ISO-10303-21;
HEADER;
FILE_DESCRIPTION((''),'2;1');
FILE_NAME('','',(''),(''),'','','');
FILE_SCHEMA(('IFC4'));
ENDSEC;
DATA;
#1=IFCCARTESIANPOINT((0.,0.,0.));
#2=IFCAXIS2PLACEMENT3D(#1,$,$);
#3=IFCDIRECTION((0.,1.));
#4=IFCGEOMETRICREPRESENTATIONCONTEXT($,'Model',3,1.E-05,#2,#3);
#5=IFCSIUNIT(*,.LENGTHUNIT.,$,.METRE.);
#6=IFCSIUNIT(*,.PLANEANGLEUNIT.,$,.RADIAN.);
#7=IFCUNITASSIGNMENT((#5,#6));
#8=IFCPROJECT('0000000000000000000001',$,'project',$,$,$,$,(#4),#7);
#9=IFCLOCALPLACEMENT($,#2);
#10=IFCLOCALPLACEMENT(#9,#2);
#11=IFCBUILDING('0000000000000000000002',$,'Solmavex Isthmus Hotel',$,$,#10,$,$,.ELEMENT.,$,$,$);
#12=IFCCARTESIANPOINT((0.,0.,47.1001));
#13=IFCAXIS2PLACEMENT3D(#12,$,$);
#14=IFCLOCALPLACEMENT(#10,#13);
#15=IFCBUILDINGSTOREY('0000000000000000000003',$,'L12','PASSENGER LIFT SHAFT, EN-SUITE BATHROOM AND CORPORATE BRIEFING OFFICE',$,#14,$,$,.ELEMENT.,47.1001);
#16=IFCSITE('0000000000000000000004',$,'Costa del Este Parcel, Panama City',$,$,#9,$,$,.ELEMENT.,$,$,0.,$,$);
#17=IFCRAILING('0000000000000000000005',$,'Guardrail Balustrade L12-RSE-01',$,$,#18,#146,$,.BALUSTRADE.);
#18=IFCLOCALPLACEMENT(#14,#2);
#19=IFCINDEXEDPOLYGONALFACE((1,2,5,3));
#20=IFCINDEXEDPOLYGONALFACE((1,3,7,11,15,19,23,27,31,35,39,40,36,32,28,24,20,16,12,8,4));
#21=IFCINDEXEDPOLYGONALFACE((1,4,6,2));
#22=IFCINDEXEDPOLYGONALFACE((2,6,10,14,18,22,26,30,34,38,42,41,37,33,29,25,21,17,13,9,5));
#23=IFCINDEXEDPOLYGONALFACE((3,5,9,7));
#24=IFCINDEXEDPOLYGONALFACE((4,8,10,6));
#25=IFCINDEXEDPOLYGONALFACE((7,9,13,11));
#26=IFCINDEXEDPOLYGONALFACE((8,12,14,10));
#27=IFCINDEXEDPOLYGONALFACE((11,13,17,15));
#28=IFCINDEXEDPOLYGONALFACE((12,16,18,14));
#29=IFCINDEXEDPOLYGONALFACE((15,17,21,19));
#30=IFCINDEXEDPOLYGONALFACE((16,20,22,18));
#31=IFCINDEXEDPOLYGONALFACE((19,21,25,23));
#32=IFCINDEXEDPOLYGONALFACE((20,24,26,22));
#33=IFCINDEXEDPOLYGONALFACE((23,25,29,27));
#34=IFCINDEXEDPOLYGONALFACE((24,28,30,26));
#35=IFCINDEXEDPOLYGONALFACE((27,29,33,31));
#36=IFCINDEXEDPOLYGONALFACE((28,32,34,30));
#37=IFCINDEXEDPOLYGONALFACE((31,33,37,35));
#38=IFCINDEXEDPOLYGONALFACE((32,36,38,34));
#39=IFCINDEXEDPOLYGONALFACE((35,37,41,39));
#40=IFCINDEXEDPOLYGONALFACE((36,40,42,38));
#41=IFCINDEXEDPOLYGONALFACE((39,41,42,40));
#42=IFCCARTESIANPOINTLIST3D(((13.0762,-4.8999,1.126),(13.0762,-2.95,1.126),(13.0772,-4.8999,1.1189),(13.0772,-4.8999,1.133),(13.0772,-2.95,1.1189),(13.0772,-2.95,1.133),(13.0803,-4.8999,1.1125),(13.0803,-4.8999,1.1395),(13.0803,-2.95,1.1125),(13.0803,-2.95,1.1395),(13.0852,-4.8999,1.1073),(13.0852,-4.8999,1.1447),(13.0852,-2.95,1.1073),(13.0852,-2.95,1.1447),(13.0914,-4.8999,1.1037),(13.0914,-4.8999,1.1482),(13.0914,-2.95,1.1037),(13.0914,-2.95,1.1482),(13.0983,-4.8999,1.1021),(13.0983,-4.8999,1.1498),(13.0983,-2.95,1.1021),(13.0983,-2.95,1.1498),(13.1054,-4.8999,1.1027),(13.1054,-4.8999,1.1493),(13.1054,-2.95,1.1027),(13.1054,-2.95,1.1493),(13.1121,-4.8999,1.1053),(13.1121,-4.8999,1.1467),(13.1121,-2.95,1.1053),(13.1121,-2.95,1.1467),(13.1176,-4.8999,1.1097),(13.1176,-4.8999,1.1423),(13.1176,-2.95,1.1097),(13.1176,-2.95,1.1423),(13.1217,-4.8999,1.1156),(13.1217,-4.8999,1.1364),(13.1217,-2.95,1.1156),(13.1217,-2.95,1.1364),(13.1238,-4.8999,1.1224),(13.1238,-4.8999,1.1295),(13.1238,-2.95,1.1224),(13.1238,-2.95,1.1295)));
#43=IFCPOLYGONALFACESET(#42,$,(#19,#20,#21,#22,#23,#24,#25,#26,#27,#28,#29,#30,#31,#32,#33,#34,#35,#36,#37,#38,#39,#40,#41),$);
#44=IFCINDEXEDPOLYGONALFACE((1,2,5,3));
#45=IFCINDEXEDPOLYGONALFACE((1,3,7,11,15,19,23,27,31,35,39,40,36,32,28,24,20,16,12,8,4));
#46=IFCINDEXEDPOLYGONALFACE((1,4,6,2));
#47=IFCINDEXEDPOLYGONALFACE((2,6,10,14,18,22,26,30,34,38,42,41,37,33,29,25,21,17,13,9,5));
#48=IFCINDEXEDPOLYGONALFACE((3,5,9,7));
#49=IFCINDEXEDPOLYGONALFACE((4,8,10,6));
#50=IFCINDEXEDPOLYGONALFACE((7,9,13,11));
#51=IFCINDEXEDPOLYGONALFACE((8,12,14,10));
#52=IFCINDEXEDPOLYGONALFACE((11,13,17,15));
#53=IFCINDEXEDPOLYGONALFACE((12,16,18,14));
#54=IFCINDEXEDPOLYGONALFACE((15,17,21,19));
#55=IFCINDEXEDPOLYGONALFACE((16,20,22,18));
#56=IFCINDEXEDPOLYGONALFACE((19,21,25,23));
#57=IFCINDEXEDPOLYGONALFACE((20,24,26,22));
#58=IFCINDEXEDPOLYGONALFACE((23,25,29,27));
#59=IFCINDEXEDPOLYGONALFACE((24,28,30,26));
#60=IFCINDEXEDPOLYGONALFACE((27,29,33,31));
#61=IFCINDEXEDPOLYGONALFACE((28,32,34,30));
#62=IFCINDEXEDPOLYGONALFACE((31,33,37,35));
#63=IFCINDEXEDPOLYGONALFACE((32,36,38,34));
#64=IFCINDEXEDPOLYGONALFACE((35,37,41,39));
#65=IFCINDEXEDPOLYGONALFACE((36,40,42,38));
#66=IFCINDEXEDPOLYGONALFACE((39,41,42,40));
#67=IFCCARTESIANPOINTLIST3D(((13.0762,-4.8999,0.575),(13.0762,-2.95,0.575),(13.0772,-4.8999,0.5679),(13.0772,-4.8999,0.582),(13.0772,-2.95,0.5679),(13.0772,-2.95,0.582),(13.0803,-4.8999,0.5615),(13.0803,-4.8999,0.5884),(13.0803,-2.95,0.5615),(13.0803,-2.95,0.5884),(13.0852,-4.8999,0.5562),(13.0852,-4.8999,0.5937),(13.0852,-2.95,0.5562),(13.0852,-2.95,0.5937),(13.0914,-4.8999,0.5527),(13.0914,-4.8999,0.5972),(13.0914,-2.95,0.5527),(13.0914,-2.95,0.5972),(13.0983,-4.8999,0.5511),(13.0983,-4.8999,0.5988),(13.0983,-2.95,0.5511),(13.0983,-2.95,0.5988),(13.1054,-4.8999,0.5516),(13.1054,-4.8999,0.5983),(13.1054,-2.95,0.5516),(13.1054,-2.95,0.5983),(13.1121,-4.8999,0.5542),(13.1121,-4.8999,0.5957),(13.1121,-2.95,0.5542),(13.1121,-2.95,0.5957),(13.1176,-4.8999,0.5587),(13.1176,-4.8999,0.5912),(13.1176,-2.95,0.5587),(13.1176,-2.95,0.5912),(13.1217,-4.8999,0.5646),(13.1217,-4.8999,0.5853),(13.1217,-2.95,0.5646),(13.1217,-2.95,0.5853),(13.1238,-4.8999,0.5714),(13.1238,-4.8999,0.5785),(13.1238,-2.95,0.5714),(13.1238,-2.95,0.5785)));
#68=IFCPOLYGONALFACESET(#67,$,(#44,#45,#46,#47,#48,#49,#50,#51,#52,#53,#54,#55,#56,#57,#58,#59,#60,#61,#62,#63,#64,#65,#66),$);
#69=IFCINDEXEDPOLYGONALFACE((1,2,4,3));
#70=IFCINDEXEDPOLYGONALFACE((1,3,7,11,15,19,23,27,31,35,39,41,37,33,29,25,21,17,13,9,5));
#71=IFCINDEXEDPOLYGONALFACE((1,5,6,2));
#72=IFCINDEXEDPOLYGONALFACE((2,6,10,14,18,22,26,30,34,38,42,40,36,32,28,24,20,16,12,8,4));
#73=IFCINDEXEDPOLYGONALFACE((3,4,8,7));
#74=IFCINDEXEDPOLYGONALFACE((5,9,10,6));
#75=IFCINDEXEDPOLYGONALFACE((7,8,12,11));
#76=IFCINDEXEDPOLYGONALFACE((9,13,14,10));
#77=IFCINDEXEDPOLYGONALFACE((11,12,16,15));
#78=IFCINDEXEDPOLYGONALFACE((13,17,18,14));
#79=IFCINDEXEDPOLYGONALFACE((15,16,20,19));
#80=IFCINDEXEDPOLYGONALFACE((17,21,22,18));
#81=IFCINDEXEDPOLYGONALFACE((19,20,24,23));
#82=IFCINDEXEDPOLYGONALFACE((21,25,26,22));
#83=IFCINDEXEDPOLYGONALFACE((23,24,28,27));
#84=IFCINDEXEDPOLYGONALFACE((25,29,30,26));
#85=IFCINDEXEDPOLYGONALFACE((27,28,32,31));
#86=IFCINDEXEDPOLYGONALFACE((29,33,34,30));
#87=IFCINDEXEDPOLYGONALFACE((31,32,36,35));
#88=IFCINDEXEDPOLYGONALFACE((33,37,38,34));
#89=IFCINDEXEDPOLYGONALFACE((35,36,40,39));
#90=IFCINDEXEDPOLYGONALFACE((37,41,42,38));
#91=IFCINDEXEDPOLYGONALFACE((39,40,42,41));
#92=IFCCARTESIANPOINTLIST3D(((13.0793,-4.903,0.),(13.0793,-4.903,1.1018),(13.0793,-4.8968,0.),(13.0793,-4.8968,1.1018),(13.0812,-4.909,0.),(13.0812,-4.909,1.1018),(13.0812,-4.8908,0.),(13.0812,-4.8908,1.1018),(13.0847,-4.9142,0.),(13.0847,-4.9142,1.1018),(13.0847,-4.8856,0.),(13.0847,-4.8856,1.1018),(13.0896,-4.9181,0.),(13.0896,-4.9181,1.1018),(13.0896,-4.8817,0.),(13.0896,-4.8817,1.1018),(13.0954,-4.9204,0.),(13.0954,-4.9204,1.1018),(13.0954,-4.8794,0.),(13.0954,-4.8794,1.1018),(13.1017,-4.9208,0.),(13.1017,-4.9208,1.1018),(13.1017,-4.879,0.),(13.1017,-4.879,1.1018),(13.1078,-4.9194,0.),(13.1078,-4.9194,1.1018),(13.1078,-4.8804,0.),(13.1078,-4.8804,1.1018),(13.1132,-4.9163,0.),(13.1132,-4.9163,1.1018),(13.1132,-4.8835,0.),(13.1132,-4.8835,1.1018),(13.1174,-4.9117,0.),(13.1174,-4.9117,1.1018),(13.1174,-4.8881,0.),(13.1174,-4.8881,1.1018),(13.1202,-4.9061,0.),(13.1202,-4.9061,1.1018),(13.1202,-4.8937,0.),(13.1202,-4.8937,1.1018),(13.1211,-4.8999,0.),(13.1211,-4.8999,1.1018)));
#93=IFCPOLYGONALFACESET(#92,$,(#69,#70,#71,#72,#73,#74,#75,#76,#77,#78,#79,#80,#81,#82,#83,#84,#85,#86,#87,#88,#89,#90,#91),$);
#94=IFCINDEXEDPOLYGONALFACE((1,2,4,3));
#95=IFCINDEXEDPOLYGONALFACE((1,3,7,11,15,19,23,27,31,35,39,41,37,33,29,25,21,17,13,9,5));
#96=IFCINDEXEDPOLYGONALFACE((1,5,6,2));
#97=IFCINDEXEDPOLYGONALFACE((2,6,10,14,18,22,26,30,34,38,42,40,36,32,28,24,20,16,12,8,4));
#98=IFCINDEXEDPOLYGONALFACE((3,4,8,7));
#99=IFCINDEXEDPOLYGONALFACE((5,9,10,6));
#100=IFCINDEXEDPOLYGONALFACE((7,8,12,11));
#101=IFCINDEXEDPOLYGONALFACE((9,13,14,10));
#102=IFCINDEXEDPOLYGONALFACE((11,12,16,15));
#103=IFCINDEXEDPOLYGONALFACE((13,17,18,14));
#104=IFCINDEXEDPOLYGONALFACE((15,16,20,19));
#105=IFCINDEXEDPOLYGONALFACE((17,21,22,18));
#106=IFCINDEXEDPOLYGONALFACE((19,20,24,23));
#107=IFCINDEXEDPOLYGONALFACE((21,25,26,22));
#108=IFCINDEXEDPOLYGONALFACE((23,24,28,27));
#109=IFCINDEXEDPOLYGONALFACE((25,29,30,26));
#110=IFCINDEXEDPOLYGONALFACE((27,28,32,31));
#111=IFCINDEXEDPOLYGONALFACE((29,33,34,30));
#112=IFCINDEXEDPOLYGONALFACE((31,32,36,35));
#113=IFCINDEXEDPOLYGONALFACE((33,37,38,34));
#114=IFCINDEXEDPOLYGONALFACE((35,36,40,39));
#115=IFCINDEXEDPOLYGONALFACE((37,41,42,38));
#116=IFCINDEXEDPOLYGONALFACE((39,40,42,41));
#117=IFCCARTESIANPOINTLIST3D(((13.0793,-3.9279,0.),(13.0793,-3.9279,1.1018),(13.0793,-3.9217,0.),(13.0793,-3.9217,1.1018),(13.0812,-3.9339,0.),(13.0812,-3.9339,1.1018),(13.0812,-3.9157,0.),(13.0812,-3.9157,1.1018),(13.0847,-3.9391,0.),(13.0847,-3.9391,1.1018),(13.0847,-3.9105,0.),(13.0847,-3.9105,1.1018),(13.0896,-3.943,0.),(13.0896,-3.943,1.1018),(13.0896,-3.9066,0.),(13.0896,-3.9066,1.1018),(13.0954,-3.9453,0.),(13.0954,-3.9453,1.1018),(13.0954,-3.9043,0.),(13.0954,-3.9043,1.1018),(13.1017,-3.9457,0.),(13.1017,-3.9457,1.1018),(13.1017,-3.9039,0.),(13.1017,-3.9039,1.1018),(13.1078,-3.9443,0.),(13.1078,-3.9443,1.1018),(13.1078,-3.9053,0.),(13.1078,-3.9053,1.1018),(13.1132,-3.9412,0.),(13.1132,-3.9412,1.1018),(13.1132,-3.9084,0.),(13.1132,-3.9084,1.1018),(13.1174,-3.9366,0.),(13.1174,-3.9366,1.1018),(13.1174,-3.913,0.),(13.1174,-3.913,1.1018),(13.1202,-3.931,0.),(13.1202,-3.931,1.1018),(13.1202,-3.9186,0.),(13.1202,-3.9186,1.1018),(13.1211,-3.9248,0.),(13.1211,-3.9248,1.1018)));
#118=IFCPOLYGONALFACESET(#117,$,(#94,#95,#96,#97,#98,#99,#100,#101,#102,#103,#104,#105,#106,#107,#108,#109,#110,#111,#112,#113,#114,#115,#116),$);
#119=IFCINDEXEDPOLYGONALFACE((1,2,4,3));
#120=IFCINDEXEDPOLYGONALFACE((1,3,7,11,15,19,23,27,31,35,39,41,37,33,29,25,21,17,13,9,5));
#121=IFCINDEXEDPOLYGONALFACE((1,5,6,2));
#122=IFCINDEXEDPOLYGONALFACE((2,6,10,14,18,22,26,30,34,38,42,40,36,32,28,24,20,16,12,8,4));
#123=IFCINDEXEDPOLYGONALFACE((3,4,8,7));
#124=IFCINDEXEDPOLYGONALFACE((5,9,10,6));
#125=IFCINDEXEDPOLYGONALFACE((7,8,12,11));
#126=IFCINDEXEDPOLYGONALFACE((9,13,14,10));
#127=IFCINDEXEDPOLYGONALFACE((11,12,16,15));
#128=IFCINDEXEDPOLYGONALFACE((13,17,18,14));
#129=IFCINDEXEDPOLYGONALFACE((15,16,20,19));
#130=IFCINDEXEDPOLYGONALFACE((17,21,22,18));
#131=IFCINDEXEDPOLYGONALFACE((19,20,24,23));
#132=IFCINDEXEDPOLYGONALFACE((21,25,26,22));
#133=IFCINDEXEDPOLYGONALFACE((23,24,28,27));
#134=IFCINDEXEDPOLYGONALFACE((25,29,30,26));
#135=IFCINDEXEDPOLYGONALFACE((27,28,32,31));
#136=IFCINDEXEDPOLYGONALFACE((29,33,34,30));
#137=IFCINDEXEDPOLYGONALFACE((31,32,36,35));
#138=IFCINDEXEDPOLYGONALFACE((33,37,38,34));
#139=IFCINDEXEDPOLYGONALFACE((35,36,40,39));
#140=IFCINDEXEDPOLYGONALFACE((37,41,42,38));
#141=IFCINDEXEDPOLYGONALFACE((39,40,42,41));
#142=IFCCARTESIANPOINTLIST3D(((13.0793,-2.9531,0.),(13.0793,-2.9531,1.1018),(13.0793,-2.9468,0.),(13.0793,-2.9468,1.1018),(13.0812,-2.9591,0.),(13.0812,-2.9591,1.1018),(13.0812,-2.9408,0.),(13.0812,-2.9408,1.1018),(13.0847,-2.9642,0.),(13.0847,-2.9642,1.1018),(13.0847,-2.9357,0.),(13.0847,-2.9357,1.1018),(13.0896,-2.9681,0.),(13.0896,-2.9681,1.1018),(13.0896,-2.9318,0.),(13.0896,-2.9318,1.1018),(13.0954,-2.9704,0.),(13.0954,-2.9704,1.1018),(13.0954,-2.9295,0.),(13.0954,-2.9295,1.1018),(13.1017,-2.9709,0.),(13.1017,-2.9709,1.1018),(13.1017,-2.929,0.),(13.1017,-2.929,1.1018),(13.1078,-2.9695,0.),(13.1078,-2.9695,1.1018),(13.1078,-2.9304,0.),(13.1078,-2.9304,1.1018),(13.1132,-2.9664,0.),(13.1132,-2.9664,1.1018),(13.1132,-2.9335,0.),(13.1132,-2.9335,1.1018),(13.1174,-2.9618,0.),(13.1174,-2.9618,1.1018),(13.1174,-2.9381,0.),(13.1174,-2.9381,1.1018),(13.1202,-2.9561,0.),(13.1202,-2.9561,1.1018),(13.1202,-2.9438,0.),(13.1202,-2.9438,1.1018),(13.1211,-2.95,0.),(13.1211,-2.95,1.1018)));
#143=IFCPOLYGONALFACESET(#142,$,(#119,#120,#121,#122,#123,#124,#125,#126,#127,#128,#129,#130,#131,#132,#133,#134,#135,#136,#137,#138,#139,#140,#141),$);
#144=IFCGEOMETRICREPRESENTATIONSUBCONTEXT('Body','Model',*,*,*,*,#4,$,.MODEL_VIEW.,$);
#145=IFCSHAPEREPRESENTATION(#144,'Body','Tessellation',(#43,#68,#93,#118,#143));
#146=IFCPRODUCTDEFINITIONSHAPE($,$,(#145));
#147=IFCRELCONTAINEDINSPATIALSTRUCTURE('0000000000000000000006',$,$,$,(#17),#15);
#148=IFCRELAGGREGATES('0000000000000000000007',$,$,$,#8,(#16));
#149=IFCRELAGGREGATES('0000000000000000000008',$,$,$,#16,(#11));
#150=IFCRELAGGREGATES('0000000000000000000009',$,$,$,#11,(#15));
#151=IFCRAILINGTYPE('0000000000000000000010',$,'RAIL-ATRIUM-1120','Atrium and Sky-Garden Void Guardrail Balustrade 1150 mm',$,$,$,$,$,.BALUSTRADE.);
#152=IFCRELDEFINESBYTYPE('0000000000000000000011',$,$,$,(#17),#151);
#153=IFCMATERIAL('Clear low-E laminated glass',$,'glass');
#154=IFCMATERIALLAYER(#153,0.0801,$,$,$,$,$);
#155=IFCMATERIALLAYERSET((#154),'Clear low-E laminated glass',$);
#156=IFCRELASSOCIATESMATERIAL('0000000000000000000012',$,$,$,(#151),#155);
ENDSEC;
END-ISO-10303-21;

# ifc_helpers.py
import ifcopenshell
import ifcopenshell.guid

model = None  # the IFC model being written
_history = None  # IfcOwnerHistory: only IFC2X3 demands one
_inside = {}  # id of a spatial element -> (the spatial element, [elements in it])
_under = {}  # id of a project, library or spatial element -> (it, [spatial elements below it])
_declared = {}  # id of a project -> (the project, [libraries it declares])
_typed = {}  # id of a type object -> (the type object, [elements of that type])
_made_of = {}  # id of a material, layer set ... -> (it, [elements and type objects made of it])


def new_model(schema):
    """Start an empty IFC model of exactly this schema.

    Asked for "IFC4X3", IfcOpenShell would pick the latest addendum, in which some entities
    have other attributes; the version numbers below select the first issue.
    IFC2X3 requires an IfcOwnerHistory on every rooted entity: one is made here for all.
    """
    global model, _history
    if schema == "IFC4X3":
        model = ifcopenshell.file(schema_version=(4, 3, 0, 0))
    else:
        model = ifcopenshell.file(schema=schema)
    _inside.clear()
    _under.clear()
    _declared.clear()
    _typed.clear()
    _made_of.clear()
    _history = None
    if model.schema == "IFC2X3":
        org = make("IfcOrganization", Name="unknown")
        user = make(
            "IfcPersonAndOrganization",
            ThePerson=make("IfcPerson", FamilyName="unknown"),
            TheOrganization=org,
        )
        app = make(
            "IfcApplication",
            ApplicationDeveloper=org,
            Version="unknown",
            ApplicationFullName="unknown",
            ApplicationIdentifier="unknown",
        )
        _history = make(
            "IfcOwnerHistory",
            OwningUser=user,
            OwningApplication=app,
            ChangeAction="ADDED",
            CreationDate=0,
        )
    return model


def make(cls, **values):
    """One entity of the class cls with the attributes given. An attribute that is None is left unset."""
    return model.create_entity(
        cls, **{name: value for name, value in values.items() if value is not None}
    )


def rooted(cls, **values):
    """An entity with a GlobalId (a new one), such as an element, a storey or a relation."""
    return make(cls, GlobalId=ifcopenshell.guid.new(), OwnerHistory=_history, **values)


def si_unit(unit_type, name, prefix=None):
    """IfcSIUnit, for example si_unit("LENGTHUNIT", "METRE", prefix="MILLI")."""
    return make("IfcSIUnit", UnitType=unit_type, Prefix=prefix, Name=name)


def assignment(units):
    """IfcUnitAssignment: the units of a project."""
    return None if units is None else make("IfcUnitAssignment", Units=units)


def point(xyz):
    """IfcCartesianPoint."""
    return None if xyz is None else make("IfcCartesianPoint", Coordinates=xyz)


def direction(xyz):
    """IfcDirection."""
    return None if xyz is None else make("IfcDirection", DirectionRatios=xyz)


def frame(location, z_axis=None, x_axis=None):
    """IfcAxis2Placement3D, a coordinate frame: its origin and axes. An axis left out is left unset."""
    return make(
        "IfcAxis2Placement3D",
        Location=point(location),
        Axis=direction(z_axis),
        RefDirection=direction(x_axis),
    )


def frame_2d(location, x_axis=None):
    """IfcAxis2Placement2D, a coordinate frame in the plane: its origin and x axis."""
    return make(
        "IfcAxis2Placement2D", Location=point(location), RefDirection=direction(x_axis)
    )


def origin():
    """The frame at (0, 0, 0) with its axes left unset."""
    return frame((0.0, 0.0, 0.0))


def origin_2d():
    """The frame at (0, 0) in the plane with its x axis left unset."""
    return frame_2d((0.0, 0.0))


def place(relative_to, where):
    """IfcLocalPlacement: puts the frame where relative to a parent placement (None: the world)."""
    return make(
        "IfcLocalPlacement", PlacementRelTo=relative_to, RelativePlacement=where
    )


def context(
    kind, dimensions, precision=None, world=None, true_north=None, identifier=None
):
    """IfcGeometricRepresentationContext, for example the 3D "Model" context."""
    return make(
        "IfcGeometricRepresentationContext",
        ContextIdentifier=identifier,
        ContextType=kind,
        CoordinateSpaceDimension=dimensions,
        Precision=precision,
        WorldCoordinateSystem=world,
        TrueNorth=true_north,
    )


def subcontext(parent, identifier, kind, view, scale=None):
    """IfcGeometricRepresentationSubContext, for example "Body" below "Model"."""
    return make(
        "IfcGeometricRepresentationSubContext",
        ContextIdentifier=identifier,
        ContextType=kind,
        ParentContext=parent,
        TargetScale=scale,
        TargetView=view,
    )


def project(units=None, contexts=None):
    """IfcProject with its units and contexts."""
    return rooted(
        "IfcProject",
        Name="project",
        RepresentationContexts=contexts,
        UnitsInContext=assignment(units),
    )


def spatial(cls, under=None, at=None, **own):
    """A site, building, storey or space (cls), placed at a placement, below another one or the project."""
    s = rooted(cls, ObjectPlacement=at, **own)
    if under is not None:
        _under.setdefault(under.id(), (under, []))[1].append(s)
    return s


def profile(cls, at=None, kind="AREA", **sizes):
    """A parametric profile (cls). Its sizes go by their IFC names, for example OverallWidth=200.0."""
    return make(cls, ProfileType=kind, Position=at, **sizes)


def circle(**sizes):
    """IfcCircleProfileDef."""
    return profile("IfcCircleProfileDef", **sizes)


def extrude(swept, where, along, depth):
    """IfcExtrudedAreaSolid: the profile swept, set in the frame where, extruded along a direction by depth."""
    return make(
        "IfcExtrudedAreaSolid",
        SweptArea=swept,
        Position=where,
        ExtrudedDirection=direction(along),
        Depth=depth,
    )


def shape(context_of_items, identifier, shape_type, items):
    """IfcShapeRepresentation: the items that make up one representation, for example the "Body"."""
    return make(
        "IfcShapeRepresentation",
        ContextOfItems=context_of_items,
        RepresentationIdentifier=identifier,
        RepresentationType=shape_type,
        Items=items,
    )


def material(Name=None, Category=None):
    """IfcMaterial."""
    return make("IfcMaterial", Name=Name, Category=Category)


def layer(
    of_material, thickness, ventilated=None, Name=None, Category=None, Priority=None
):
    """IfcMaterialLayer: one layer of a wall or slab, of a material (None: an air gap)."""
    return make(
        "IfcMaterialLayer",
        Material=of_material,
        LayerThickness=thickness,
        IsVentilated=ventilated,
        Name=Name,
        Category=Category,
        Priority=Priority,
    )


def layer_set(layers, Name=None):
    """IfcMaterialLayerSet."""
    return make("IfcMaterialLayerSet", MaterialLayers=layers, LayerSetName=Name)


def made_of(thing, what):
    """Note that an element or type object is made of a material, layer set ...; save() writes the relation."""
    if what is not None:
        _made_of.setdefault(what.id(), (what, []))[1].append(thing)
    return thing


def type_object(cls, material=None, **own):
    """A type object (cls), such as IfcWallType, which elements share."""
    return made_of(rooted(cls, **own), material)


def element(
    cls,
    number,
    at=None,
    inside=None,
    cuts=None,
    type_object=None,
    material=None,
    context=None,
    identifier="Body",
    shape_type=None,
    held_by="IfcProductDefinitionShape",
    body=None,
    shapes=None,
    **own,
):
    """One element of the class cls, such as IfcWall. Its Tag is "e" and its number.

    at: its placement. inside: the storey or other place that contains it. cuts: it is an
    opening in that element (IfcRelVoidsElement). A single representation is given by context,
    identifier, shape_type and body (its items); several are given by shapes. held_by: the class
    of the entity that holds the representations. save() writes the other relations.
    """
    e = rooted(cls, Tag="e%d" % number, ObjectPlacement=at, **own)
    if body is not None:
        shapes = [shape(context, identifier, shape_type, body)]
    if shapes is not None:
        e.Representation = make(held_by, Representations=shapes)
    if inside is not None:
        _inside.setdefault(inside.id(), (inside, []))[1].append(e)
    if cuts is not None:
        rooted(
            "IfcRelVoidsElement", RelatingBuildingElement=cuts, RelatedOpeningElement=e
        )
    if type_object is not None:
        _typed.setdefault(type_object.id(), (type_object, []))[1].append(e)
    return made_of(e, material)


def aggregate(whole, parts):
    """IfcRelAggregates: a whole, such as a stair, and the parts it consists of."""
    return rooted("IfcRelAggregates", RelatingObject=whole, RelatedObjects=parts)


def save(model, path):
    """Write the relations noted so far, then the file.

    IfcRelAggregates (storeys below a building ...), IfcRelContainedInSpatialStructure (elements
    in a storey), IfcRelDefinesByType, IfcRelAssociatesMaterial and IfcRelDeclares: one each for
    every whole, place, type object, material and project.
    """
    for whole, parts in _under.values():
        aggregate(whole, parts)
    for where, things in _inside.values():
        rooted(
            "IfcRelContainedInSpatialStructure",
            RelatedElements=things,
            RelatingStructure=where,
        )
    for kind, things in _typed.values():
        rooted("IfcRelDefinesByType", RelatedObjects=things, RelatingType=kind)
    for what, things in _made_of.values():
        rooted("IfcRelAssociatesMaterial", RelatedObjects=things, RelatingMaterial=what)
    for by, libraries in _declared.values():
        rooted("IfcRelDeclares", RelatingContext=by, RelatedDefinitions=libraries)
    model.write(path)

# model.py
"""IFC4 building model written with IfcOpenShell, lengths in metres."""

from ifc_helpers import new_model, si_unit, direction, frame, origin, origin_2d, place, context, subcontext, project, spatial, circle, extrude, material, layer, layer_set, type_object, element, save


model = new_model("IFC4")

# Units and contexts
model_context = context("Model", 3, precision=1e-05, world=origin(), true_north=direction((0.0, 1.0)))
body_context = subcontext(model_context, "Body", "Model", "MODEL_VIEW")
ifc_project = project(units=[si_unit("LENGTHUNIT", "METRE"), si_unit("PLANEANGLEUNIT", "RADIAN")], contexts=[model_context])

# Site, building, storey
site_placement = place(None, origin())
site = spatial("IfcSite", under=ifc_project, at=site_placement, Name="Costa del Este Parcel, Panama City", CompositionType="ELEMENT", RefElevation=0.0)
building_placement = place(site_placement, origin())
building = spatial("IfcBuilding", under=site, at=building_placement, Name="Solmavex Isthmus Hotel", CompositionType="ELEMENT")
storey_placement = place(building_placement, frame((0.0, 0.0, 47.1001)))
storey = spatial("IfcBuildingStorey", under=building, at=storey_placement, Name="L12", Description="PASSENGER LIFT SHAFT, EN-SUITE BATHROOM AND CORPORATE BRIEFING OFFICE", CompositionType="ELEMENT", Elevation=47.1001)

# Shared definitions
ifc_material_1 = material(Name="Clear low-E laminated glass", Category="glass")

# Railing
ifc_layer_1 = layer(ifc_material_1, 0.0801)
ifc_layer_set_1 = layer_set([ifc_layer_1], Name="Clear low-E laminated glass")
railing_type_1 = type_object("IfcRailingType", Name="RAIL-ATRIUM-1120", Description="Atrium and Sky-Garden Void Guardrail Balustrade 1150 mm", PredefinedType="BALUSTRADE", material=ifc_layer_set_1)
railing_1_placement = place(storey_placement, frame((13.1001, -4.8999, 0.0)))
element("IfcRailing", 1, at=railing_1_placement, inside=storey, type_object=railing_type_1, Name="Guardrail Balustrade L12-RSE-01", PredefinedType="BALUSTRADE", context=body_context, shape_type="SweptSolid", body=[
    extrude(circle(Radius=0.0239, at=origin_2d()), frame((0.0, 0.0, 1.126), z_axis=(0.0, 1.0, 0.0), x_axis=(-1.0, 0.0, 0.0)), (0.0, 0.0, 1.0), 1.95),
    extrude(circle(Radius=0.0239, at=origin_2d()), frame((0.0, 0.0, 0.575), z_axis=(0.0, 1.0, 0.0), x_axis=(-1.0, 0.0, 0.0)), (0.0, 0.0, 1.0), 1.95),
    extrude(circle(Radius=0.021, at=origin_2d()), origin(), (0.0, 0.0, 1.0), 1.1018),
    extrude(circle(Radius=0.021, at=origin_2d()), frame((0.0, 0.9751, 0.0)), (0.0, 0.0, 1.0), 1.1018),
    extrude(circle(Radius=0.021, at=origin_2d()), frame((0.0, 1.95, 0.0)), (0.0, 0.0, 1.0), 1.1018),
])

save(model, "model.ifc")
